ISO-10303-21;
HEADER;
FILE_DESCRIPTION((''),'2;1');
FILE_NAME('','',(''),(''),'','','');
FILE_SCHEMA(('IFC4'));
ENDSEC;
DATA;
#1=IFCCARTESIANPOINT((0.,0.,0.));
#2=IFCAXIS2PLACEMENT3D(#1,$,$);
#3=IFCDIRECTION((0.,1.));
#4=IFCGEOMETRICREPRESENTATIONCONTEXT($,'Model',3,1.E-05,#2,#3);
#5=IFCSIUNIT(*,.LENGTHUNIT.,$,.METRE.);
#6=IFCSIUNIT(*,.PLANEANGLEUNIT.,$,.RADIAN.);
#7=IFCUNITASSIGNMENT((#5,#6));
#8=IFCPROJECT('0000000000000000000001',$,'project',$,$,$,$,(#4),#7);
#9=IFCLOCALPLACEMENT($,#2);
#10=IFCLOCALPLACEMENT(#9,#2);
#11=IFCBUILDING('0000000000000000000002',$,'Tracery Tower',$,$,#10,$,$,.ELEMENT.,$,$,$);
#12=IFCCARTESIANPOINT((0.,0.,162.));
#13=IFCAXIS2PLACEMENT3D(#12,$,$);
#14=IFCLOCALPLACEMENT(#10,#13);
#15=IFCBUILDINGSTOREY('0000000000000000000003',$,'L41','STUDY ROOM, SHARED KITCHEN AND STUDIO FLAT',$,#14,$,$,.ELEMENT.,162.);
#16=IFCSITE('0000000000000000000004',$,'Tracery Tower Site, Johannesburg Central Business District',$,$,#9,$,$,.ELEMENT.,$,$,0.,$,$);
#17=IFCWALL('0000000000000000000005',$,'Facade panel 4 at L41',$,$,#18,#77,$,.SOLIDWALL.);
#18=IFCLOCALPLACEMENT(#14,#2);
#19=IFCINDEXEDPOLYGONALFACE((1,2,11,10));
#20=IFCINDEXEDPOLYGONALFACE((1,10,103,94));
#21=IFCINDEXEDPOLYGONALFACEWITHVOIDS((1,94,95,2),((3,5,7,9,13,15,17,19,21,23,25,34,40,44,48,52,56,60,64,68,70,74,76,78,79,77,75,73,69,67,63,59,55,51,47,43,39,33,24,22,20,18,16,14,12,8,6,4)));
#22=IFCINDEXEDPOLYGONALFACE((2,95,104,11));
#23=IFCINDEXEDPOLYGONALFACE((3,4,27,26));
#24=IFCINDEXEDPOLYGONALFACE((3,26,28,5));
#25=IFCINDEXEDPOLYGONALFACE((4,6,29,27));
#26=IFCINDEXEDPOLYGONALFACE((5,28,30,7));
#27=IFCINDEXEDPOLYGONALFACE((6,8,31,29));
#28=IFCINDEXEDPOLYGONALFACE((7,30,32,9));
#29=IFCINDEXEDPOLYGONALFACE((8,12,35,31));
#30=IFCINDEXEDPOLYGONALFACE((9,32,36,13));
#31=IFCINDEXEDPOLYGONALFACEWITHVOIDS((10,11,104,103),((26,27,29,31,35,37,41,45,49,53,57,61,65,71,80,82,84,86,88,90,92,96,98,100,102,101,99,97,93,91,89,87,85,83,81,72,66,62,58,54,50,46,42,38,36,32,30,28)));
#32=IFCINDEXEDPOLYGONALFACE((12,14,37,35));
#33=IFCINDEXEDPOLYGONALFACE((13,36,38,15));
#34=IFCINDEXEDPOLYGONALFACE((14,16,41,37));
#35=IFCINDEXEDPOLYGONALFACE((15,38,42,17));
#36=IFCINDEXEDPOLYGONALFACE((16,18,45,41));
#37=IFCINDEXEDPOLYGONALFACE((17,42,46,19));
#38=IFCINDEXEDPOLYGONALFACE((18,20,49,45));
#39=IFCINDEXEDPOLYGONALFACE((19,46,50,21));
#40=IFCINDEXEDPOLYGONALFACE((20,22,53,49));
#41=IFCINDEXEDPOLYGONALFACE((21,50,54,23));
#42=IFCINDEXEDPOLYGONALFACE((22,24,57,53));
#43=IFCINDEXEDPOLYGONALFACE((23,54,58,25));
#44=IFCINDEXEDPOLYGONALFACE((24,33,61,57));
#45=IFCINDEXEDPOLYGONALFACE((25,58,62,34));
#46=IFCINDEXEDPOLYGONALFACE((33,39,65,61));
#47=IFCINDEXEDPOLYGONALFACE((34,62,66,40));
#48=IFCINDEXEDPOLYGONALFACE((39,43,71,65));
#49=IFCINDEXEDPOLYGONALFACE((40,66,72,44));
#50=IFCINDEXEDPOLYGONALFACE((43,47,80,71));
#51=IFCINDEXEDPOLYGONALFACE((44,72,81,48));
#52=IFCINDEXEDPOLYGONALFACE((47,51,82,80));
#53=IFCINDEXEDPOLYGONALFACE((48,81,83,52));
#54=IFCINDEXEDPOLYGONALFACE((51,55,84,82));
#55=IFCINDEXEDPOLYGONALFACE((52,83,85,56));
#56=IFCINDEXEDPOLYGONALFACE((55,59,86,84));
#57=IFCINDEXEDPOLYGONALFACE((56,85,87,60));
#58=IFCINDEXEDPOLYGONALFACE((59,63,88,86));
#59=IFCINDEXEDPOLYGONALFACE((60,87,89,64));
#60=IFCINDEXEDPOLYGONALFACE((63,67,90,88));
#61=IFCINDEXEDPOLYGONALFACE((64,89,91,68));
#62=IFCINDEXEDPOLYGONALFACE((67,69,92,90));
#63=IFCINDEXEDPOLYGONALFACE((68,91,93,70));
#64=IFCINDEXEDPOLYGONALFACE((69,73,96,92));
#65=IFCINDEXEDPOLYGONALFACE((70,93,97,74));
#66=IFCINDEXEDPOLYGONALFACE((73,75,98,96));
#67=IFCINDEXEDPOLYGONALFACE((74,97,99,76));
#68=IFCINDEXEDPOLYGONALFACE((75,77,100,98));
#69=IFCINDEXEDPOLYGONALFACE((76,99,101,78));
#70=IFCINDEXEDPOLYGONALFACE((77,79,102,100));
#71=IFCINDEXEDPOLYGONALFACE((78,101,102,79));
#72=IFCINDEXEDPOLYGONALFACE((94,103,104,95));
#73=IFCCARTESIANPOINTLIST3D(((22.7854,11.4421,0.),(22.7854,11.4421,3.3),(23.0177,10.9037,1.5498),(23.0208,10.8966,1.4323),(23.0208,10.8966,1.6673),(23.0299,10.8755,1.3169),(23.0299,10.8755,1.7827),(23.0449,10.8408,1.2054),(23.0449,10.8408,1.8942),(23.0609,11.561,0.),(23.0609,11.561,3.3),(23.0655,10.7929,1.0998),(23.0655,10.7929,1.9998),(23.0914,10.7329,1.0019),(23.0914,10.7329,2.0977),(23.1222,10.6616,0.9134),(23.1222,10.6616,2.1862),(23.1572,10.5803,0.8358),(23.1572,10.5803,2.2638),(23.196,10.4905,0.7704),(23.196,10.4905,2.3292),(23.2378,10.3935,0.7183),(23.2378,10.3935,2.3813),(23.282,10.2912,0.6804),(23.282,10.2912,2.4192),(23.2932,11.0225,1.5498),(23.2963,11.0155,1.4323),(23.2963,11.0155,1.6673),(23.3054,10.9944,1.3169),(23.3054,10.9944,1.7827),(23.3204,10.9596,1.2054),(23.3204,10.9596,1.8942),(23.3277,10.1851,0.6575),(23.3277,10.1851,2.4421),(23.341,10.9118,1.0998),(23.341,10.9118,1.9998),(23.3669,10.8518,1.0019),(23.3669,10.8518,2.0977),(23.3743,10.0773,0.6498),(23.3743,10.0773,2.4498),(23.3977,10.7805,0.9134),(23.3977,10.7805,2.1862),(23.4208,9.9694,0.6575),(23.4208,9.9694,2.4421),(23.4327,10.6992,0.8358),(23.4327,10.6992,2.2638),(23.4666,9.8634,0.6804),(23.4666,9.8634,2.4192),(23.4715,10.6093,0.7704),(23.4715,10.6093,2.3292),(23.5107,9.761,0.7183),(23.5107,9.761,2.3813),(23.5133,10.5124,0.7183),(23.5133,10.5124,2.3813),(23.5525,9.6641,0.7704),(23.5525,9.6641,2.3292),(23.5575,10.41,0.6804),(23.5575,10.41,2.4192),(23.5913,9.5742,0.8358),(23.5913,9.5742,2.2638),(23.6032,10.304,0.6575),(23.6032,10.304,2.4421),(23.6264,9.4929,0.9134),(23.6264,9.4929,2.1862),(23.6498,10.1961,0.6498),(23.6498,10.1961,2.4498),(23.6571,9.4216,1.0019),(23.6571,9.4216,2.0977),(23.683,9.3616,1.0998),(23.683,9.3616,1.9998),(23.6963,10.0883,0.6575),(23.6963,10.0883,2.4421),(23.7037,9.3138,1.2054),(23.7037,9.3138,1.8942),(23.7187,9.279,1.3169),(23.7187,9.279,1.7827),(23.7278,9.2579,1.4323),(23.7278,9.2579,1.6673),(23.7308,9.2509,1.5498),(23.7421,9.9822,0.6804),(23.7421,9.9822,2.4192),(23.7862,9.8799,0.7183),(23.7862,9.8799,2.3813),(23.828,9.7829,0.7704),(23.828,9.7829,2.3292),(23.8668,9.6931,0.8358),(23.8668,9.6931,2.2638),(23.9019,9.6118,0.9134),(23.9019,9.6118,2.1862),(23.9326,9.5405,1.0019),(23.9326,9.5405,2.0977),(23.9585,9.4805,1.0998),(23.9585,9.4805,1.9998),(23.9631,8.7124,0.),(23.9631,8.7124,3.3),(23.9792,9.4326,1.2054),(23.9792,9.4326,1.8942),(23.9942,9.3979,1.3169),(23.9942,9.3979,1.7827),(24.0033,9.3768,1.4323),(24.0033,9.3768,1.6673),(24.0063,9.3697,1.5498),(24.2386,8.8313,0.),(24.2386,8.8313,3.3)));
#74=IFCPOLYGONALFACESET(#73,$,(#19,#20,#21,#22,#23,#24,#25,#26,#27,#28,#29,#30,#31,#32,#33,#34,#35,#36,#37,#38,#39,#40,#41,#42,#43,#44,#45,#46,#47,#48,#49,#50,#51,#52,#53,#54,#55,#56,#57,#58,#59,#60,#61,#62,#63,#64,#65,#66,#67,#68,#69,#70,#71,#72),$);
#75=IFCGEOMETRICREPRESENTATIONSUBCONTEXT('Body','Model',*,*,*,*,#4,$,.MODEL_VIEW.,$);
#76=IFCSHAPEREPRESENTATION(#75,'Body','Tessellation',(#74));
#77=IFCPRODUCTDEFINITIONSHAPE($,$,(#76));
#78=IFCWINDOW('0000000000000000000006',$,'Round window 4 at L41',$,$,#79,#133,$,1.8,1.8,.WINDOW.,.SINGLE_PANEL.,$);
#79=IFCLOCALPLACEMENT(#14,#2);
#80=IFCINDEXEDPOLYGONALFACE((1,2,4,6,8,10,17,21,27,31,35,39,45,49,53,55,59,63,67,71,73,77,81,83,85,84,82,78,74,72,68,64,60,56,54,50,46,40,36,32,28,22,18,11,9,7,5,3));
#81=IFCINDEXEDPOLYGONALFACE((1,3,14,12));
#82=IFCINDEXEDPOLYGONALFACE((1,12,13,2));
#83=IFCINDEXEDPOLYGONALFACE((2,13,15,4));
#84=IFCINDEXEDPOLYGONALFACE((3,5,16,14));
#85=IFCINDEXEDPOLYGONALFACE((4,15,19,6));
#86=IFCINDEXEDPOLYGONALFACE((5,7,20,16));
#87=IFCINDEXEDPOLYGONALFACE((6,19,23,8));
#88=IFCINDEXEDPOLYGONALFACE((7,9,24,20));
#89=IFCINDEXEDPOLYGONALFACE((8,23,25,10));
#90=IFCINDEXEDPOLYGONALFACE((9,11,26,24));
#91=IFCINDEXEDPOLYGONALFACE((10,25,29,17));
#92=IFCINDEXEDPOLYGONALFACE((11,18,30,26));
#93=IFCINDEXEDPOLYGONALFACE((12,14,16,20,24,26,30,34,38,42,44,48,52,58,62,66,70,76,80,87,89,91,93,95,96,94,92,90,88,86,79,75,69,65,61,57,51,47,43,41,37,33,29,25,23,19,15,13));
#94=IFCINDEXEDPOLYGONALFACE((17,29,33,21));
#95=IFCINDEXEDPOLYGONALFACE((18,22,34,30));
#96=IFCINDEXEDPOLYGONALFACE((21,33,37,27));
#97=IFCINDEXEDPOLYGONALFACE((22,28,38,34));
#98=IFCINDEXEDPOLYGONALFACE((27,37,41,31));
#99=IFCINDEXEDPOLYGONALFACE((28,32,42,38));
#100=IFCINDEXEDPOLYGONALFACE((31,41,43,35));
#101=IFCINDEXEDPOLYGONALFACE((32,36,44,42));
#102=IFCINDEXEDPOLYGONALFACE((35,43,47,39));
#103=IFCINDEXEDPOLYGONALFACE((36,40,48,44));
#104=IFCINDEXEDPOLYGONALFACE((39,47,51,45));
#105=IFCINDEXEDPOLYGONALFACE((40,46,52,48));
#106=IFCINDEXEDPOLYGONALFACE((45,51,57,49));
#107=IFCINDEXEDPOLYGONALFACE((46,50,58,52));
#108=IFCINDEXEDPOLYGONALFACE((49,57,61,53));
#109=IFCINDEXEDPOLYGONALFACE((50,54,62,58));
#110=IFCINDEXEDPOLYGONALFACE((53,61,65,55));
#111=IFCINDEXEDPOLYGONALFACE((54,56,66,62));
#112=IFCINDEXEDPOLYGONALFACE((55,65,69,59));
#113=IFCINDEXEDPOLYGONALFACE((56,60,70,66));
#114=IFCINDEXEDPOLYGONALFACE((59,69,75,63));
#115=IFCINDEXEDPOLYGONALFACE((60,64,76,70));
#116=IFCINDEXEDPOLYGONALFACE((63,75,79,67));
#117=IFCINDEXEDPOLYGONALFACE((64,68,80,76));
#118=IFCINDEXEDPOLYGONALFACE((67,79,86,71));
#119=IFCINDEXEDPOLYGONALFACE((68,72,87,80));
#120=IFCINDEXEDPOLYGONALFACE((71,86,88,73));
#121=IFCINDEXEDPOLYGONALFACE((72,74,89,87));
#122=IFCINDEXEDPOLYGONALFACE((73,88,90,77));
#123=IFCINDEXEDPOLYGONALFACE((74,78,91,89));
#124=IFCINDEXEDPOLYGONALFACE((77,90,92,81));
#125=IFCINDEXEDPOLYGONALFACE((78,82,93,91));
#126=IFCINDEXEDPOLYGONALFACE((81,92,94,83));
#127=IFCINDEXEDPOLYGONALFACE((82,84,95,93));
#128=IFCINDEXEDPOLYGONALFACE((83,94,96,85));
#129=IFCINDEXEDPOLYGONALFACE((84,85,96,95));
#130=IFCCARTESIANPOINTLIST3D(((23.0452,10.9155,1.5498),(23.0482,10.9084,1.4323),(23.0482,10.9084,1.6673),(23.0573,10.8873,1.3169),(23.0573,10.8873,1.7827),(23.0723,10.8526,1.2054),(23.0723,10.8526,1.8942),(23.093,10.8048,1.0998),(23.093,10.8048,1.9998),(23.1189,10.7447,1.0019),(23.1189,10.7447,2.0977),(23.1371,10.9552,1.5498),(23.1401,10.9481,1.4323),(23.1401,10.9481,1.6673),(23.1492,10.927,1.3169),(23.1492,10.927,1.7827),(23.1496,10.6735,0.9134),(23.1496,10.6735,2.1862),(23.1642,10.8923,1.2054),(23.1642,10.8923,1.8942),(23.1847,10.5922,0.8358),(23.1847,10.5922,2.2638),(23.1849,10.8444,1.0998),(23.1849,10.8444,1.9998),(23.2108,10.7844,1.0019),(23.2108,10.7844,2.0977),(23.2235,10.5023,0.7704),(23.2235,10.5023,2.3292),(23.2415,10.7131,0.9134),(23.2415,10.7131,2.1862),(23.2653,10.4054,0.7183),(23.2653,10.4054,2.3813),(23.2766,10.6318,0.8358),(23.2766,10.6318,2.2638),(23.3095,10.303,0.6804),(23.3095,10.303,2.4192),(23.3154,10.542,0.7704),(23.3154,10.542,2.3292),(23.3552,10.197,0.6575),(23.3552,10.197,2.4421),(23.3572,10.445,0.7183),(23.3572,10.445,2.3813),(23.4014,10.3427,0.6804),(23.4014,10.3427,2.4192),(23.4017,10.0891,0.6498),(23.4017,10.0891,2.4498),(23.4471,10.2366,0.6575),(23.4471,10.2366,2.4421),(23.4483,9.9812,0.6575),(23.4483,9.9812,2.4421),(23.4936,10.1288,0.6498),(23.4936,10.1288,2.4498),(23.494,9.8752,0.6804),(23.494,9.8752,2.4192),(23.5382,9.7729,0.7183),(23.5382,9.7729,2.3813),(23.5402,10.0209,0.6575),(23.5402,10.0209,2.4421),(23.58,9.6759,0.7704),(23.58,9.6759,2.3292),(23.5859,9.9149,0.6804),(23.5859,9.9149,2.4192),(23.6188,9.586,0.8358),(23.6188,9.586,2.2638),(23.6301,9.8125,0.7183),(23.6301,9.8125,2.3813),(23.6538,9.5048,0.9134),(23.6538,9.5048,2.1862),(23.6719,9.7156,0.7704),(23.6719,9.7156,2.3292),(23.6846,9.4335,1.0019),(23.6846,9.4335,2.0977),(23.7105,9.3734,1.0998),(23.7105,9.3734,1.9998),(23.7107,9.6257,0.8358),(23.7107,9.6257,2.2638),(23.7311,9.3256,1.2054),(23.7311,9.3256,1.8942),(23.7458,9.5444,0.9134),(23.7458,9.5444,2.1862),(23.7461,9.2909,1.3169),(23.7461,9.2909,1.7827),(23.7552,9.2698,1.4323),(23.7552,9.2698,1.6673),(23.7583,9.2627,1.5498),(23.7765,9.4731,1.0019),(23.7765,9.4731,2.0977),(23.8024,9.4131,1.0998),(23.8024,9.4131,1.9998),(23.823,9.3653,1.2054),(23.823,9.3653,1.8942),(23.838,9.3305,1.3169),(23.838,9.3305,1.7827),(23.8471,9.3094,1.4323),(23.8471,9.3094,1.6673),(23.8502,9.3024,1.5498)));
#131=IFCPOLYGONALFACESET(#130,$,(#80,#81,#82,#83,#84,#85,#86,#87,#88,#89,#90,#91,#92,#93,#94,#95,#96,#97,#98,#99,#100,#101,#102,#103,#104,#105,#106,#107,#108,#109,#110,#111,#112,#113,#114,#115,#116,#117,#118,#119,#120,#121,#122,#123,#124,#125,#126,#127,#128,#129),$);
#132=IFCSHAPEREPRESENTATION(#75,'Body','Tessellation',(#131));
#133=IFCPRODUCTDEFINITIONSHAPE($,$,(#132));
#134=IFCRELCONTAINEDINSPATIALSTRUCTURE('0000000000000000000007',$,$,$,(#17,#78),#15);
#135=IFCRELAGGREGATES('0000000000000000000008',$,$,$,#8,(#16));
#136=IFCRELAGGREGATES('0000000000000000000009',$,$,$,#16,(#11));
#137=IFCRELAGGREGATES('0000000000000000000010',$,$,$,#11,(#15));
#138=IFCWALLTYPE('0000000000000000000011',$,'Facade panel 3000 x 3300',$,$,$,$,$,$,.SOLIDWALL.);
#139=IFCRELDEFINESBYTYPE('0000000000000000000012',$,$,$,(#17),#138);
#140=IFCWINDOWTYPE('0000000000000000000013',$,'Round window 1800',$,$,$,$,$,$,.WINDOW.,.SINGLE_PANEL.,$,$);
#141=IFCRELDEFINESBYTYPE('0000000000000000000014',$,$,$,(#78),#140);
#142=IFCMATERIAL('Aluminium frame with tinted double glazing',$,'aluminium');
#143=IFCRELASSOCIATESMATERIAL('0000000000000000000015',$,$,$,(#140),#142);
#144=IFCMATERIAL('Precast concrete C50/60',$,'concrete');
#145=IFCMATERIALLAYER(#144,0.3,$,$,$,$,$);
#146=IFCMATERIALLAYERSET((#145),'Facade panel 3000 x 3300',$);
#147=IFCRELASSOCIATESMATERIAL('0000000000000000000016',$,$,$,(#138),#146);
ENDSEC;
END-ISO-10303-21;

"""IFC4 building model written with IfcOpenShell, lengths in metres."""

from ifc_helpers import new_model, si_unit, direction, frame, frame_2d, origin, origin_2d, place, context, subcontext, project, spatial, rectangle, circle, extrude, material, layer, layer_set, type_object, element, fill, save


model = new_model("IFC4")

# Units and contexts
model_context = context("Model", 3, precision=1e-05, world=origin(), true_north=direction((0.0, 1.0)))
body_context = subcontext(model_context, "Body", "Model", "MODEL_VIEW")
ifc_project = project(units=[si_unit("LENGTHUNIT", "METRE"), si_unit("PLANEANGLEUNIT", "RADIAN")], contexts=[model_context])

# Site, building, storey
site_placement = place(None, origin())
site = spatial("IfcSite", under=ifc_project, at=site_placement, Name="Tracery Tower Site, Johannesburg Central Business District", CompositionType="ELEMENT", RefElevation=0.0)
building_placement = place(site_placement, origin())
building = spatial("IfcBuilding", under=site, at=building_placement, Name="Tracery Tower", CompositionType="ELEMENT")
storey_placement = place(building_placement, frame((0.0, 0.0, 162.0)))
storey = spatial("IfcBuildingStorey", under=building, at=storey_placement, Name="L41", Description="STUDY ROOM, SHARED KITCHEN AND STUDIO FLAT", CompositionType="ELEMENT", Elevation=162.0)

# Wall, opening, window
ifc_material_1 = material(Name="Aluminium frame with tinted double glazing", Category="aluminium")
window_type = type_object("IfcWindowType", Name="Round window 1800", PartitioningType="SINGLE_PANEL", PredefinedType="WINDOW", material=ifc_material_1)
ifc_material_2 = material(Name="Precast concrete C50/60", Category="concrete")
ifc_layer_1 = layer(ifc_material_2, 0.3)
ifc_layer_set_1 = layer_set([ifc_layer_1], Name="Facade panel 3000 x 3300")
wall_type_1 = type_object("IfcWallType", Name="Facade panel 3000 x 3300", PredefinedType="SOLIDWALL", material=ifc_layer_set_1)
wall_1_placement = place(storey_placement, frame((24.1008, 8.772, 0.0), z_axis=(0.0, 0.0, 1.0), x_axis=(-0.396148, 0.918187, 0.0)))
wall_1 = element("IfcWall", 1, at=wall_1_placement, inside=storey, type_object=wall_type_1, Name="Facade panel 4 at L41", PredefinedType="SOLIDWALL", context=body_context, shape_type="SweptSolid", body=[
    extrude(rectangle(XDim=2.9729, YDim=0.3, at=frame_2d((1.4863, 0.0))), origin(), (0.0, 0.0, 1.0), 3.3),
])
opening_1_placement = place(wall_1_placement, frame((1.4863, 0.0, 1.5498)))
opening_1 = element("IfcOpeningElement", 2, at=opening_1_placement, cuts=wall_1, PredefinedType="OPENING", context=body_context, shape_type="SweptSolid", body=[
    extrude(circle(Radius=0.9, at=origin_2d()), frame((0.0, 0.1599, 0.0), z_axis=(0.0, -1.0, 0.0), x_axis=(1.0, 0.0, 0.0)), (0.0, 0.0, 1.0), 0.3201),
])
window_1_placement = place(opening_1_placement, origin())
window_1 = element("IfcWindow", 3, at=window_1_placement, inside=storey, type_object=window_type, Name="Round window 4 at L41", OverallHeight=1.8, OverallWidth=1.8, PartitioningType="SINGLE_PANEL", PredefinedType="WINDOW", context=body_context, shape_type="SweptSolid", body=[
    extrude(circle(Radius=0.9, at=origin_2d()), frame((0.0, 0.1201, 0.0), z_axis=(0.0, -1.0, 0.0), x_axis=(1.0, 0.0, 0.0)), (0.0, 0.0, 1.0), 0.1001),
])
fill(opening_1, window_1)

save(model, "model.ifc")
